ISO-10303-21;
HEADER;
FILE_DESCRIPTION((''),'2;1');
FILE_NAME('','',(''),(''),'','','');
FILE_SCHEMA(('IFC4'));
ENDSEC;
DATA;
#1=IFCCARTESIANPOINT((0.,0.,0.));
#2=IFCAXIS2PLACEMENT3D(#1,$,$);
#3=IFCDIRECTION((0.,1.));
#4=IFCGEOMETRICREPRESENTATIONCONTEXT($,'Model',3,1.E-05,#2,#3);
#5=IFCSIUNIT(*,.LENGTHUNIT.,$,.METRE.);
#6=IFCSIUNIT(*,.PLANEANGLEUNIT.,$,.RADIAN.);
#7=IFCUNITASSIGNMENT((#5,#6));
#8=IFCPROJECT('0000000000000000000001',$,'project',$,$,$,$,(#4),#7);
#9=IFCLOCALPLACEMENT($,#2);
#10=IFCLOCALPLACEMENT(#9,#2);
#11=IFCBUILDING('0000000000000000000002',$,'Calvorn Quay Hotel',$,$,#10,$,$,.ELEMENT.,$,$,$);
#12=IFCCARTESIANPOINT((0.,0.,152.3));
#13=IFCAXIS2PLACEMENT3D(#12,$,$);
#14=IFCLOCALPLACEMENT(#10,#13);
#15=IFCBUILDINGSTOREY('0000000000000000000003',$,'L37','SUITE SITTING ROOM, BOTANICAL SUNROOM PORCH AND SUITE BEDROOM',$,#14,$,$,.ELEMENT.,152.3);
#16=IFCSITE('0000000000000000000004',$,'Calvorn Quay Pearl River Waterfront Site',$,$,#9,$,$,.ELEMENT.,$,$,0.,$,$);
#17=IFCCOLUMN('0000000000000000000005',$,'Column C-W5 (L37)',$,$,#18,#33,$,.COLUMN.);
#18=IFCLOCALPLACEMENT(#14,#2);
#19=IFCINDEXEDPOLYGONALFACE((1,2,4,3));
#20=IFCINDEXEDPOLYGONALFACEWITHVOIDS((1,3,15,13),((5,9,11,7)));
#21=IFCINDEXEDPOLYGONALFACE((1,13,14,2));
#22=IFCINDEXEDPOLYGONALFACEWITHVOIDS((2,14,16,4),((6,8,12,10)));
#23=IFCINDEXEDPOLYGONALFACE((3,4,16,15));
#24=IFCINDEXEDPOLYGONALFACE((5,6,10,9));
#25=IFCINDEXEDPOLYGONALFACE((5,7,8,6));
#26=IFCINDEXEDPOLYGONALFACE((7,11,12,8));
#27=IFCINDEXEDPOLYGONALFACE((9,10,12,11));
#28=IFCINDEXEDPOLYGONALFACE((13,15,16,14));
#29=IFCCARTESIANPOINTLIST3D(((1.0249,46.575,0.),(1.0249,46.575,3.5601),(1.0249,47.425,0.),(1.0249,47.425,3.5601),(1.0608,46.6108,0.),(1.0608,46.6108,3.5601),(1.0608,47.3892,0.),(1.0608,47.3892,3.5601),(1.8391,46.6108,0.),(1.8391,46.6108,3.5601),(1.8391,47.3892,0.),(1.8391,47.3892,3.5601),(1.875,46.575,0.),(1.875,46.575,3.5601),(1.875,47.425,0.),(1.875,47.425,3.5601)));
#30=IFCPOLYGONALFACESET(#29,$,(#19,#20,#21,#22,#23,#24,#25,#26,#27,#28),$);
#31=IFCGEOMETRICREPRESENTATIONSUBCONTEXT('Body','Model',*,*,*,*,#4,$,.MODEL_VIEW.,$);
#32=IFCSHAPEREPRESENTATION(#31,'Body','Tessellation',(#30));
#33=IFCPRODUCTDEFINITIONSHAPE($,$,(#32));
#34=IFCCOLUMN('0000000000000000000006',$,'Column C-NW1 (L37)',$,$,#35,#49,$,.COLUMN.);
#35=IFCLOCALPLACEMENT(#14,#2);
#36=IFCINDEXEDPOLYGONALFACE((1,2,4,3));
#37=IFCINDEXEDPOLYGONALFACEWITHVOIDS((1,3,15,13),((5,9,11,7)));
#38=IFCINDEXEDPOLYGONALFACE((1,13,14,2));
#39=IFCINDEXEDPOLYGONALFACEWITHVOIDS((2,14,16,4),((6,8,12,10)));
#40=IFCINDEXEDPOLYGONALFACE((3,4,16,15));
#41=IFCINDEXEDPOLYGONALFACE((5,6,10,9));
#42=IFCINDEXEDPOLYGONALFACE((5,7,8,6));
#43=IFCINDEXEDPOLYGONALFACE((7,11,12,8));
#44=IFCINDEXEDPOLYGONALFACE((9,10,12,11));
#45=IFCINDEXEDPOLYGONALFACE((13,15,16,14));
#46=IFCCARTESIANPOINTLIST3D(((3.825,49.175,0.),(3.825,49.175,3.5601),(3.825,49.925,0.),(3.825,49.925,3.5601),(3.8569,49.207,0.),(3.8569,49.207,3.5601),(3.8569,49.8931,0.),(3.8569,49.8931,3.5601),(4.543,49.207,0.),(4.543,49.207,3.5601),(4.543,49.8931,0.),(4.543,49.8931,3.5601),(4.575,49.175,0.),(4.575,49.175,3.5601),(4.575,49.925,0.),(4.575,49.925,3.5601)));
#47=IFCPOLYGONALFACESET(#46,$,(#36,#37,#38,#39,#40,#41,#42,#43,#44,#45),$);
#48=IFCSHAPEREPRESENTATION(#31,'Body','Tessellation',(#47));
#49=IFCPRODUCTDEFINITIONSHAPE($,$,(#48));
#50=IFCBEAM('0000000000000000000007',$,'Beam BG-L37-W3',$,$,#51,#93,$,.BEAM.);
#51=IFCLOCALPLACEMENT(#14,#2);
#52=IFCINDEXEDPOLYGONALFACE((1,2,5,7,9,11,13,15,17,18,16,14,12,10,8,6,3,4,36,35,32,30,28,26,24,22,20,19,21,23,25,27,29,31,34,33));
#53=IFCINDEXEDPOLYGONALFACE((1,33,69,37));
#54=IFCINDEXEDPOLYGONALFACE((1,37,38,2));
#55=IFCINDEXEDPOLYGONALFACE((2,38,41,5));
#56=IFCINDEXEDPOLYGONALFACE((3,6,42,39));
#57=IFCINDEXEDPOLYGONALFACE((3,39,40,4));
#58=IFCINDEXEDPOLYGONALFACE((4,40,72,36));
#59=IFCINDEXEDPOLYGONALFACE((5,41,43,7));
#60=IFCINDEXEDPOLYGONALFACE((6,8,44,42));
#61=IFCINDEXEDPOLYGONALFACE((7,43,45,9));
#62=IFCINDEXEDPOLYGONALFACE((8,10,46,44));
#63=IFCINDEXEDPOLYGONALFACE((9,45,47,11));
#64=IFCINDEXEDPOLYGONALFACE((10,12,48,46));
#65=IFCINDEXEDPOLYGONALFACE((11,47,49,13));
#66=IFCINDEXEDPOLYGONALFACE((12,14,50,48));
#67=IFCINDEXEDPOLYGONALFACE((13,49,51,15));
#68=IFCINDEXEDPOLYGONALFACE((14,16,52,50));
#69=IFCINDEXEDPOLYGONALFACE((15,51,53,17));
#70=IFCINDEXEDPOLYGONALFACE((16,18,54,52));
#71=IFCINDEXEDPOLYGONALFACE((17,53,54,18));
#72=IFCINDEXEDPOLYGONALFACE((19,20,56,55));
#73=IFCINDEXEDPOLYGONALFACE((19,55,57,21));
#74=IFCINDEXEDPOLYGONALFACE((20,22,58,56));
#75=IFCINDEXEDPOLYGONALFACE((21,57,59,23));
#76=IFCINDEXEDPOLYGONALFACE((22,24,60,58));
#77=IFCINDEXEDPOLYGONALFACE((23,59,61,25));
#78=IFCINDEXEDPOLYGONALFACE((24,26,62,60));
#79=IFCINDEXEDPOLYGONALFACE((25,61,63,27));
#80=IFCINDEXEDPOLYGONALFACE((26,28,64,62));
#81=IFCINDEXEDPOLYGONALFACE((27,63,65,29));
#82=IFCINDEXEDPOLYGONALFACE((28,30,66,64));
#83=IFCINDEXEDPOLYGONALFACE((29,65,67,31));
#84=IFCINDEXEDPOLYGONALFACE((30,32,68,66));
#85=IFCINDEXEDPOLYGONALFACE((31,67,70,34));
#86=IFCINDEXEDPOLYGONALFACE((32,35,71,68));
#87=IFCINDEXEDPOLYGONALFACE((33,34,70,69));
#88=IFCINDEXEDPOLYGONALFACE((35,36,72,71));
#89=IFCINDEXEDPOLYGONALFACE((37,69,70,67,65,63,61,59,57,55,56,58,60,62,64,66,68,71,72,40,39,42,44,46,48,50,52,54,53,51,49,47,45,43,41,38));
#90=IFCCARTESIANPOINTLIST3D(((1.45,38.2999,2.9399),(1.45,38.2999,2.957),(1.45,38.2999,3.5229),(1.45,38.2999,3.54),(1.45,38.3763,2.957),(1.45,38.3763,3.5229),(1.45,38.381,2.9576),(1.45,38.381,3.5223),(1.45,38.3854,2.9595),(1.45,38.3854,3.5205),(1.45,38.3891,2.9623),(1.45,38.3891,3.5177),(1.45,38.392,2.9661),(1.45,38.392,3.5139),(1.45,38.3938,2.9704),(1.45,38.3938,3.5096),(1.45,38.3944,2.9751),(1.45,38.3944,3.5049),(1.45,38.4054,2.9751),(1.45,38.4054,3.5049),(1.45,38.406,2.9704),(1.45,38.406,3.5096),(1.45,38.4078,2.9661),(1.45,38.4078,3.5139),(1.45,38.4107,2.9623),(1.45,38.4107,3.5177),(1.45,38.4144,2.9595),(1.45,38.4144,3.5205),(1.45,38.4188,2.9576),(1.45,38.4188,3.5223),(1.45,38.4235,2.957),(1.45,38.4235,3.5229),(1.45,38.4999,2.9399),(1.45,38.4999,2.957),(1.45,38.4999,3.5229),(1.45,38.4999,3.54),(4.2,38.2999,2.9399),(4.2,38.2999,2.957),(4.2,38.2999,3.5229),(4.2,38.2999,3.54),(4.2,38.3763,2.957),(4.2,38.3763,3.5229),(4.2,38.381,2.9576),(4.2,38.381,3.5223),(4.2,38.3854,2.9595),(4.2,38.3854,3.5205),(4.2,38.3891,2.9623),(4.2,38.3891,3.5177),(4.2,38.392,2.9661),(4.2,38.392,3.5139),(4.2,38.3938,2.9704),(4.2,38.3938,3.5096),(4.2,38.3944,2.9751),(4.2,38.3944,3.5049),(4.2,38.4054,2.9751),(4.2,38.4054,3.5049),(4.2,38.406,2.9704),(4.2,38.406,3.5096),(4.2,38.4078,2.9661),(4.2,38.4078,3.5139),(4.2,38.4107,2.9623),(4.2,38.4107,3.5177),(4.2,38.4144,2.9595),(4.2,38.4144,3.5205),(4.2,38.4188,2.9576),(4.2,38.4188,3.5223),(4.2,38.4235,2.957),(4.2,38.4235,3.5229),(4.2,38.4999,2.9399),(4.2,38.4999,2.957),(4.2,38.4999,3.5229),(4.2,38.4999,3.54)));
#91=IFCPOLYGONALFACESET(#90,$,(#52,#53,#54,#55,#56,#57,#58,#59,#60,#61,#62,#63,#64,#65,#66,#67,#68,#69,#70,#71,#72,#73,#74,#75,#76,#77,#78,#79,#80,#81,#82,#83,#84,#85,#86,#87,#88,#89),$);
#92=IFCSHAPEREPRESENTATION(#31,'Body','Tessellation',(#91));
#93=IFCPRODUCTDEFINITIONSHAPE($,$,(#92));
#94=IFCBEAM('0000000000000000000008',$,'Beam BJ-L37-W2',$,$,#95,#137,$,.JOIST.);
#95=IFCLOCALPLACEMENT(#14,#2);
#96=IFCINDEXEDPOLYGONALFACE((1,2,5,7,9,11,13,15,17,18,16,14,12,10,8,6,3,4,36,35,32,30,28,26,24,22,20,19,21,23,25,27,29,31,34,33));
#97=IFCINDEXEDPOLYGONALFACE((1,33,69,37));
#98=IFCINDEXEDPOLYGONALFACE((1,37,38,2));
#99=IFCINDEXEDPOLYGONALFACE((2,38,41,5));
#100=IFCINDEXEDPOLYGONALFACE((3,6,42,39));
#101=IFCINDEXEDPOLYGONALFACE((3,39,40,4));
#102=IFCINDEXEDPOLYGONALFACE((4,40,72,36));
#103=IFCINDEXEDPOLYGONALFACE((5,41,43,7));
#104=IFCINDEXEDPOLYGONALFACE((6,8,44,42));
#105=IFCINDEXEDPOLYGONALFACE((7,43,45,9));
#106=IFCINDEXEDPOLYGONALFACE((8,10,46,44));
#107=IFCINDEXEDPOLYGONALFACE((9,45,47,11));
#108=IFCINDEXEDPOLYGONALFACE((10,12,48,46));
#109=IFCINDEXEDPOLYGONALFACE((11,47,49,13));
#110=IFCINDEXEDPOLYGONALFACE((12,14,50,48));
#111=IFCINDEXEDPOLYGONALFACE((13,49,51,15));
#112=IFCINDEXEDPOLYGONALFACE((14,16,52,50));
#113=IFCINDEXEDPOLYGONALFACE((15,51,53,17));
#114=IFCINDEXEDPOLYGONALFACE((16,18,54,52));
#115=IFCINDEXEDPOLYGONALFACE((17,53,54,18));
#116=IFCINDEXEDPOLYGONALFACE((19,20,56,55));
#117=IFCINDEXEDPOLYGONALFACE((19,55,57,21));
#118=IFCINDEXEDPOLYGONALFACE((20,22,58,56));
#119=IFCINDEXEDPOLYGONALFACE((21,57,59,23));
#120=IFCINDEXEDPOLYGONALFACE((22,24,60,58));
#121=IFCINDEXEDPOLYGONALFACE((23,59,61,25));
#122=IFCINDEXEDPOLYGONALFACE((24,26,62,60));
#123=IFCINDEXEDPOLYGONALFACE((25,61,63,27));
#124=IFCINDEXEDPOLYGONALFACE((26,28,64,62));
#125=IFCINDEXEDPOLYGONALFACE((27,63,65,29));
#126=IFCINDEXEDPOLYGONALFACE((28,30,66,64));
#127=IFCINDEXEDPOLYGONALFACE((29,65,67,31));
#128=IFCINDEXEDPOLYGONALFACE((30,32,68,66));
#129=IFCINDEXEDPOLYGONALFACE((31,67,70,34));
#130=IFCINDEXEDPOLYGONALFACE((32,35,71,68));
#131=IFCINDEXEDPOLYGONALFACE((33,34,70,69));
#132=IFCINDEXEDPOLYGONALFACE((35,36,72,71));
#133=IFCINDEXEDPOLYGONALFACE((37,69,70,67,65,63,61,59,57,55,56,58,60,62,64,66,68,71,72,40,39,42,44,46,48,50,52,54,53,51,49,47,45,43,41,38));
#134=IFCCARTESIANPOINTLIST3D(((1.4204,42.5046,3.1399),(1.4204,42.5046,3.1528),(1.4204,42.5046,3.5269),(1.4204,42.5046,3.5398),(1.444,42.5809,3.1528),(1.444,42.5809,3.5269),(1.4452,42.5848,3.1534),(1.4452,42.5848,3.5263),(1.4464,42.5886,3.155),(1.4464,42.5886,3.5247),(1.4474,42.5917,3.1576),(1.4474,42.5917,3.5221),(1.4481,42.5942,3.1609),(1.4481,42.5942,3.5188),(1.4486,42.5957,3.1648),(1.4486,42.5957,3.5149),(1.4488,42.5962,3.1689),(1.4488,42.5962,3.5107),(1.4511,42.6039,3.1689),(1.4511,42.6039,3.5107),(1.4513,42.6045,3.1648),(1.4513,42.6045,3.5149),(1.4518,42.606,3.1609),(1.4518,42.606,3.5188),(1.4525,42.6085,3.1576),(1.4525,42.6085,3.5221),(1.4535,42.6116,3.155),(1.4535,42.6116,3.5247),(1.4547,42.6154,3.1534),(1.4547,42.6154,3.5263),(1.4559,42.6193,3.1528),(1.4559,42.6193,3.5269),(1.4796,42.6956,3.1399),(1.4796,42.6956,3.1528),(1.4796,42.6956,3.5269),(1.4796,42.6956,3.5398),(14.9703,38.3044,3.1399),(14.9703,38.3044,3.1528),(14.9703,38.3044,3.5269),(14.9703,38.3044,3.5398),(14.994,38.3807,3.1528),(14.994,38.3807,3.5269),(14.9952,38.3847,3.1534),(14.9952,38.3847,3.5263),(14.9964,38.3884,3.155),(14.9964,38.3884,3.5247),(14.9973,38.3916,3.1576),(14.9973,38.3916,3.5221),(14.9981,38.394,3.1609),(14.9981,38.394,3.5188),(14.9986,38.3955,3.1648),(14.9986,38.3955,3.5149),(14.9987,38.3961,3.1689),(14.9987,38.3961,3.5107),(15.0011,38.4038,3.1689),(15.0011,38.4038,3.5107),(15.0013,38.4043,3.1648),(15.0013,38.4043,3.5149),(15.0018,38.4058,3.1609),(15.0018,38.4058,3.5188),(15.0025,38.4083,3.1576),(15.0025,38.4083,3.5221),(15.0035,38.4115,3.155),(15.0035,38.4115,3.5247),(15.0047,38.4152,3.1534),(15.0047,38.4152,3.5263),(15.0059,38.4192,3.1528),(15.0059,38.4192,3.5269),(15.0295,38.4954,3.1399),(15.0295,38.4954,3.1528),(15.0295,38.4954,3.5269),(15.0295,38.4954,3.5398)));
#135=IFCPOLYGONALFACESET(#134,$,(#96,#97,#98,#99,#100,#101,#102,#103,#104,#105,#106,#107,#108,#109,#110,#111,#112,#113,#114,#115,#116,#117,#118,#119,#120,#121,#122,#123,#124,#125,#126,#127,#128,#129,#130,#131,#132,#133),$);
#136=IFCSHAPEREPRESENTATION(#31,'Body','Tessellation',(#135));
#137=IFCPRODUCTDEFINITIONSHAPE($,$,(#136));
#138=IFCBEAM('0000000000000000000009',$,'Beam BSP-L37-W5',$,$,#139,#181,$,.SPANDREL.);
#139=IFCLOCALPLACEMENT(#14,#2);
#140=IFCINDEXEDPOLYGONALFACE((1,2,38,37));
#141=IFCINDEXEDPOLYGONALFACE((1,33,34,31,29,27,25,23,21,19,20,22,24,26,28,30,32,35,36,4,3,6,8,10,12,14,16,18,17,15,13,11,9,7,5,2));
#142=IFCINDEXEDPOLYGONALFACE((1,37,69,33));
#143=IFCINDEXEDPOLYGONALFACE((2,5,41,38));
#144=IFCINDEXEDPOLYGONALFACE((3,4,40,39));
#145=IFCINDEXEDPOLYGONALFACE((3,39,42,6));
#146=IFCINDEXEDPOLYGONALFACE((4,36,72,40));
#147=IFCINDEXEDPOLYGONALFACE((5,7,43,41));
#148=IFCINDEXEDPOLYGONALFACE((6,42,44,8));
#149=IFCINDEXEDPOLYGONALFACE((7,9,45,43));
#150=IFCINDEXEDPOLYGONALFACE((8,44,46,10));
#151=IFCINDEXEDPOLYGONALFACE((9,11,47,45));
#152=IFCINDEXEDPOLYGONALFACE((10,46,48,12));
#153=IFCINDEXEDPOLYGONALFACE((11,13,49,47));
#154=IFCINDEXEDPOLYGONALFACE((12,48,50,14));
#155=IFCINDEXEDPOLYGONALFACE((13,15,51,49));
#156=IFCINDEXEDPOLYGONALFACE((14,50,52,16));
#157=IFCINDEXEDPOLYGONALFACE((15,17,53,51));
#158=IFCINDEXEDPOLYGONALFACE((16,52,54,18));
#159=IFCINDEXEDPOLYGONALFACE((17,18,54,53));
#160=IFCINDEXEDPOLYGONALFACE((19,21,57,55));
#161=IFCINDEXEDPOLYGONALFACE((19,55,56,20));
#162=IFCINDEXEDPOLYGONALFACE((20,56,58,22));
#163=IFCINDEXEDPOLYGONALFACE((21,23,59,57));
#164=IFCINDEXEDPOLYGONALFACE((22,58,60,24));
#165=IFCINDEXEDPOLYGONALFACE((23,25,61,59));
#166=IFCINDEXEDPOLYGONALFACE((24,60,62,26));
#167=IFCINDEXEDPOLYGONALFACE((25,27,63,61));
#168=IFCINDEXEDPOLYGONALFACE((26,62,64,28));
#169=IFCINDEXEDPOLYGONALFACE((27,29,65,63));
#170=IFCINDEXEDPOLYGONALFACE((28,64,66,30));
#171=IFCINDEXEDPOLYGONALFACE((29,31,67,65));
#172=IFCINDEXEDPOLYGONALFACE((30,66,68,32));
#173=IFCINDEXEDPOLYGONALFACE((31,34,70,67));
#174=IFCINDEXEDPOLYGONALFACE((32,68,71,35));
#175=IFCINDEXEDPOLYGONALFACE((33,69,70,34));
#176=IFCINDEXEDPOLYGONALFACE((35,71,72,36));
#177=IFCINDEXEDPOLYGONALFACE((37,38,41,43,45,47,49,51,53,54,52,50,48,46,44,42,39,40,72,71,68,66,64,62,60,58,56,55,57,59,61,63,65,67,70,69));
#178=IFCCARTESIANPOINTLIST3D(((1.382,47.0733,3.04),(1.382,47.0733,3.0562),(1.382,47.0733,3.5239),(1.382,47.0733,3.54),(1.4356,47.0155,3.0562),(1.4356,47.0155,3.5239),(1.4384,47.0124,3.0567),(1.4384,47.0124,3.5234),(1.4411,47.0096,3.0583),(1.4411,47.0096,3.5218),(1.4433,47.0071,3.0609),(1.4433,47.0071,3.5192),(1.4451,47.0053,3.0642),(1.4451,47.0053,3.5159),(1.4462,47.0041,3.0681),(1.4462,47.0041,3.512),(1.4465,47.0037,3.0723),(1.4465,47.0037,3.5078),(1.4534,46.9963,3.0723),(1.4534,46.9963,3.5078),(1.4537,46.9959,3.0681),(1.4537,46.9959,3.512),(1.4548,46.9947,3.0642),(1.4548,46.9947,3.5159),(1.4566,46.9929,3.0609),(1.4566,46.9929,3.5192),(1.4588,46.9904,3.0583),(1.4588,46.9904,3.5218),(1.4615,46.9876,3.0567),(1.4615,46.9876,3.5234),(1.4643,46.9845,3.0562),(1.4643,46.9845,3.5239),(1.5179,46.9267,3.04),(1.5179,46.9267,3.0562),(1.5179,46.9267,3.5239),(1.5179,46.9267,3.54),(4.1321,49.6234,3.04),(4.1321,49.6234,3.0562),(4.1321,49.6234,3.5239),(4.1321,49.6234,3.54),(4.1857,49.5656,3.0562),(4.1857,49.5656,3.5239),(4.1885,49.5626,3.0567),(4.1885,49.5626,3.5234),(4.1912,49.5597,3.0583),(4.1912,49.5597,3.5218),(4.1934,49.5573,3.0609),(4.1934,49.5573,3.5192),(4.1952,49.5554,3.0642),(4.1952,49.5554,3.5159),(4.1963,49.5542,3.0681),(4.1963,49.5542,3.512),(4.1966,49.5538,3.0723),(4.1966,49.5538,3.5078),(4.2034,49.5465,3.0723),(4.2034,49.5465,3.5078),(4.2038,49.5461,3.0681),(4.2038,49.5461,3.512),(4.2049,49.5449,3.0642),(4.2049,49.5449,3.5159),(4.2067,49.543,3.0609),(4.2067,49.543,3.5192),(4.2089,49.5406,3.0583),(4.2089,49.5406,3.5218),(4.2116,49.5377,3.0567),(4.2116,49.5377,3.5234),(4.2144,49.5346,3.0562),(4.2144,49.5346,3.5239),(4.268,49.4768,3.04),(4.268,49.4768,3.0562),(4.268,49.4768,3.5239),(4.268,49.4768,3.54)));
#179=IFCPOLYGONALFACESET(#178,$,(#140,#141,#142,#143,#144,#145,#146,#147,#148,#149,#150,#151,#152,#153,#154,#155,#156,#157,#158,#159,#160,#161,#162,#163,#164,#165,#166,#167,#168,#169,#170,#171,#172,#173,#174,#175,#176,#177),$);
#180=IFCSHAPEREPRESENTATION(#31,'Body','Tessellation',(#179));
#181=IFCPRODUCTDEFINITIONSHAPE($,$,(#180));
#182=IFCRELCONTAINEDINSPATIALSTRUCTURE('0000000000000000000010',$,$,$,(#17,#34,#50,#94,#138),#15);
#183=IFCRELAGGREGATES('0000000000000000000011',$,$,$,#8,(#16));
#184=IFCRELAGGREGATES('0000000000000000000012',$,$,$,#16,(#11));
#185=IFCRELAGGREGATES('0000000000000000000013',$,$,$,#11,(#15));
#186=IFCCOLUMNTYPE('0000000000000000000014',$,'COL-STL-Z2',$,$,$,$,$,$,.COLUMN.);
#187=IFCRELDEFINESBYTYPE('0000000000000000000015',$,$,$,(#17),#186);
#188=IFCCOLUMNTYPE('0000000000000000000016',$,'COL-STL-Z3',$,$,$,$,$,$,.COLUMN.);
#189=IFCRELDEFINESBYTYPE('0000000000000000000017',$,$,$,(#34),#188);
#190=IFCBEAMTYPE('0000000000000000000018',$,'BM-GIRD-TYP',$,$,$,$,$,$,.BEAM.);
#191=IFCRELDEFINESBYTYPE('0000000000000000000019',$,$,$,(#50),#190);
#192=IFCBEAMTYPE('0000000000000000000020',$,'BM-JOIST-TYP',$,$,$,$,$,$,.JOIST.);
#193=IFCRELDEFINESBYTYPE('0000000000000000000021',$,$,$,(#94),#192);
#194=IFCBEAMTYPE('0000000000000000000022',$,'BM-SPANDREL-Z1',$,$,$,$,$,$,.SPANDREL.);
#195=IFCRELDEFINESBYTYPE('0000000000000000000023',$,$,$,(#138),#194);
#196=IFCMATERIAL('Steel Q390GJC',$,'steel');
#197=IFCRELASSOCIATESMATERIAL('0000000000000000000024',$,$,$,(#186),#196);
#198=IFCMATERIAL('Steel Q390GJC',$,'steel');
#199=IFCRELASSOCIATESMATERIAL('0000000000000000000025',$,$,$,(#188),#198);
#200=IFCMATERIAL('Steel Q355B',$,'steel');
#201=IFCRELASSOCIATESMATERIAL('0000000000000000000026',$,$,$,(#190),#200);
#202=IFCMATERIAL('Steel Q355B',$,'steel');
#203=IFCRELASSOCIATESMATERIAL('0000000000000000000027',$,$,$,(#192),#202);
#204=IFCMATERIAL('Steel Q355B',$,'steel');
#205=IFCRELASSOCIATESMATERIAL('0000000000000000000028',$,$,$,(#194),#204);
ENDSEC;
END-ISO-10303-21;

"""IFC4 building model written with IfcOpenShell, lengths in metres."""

from ifc_helpers import new_model, si_unit, direction, frame, origin, origin_2d, place, context, subcontext, project, spatial, hollow_rectangle, i_section, extrude, material, material_profile, profile_set, type_object, element, save


model = new_model("IFC4")

# Units and contexts
model_context = context("Model", 3, precision=1e-05, world=origin(), true_north=direction((0.0, 1.0)))
body_context = subcontext(model_context, "Body", "Model", "MODEL_VIEW")
ifc_project = project(units=[si_unit("LENGTHUNIT", "METRE"), si_unit("PLANEANGLEUNIT", "RADIAN")], contexts=[model_context])

# Site, building, storey
site_placement = place(None, origin())
site = spatial("IfcSite", under=ifc_project, at=site_placement, Name="Calvorn Quay Pearl River Waterfront Site", CompositionType="ELEMENT", RefElevation=0.0)
building_placement = place(site_placement, origin())
building = spatial("IfcBuilding", under=site, at=building_placement, Name="Calvorn Quay Hotel", CompositionType="ELEMENT")
storey_placement = place(building_placement, frame((0.0, 0.0, 152.3)))
storey = spatial("IfcBuildingStorey", under=building, at=storey_placement, Name="L37", Description="SUITE SITTING ROOM, BOTANICAL SUNROOM PORCH AND SUITE BEDROOM", CompositionType="ELEMENT", Elevation=152.3)

# Columns
ifc_material_1 = material(Name="Steel Q390GJC", Category="steel")
ifc_material_profile_1 = material_profile(ifc_material_1, hollow_rectangle(XDim=0.8501, YDim=0.8501, WallThickness=0.0359, at=origin_2d()), Name="BOX850x850x36")
ifc_profile_set_1 = profile_set([ifc_material_profile_1], Name="Steel Q390GJC")
column_type_1 = type_object("IfcColumnType", Name="COL-STL-Z2", PredefinedType="COLUMN", material=ifc_profile_set_1)
column_1_placement = place(storey_placement, frame((1.45, 47.0, 0.0), z_axis=(0.0, 0.0, 1.0), x_axis=(1.0, 0.0, 0.0)))
element("IfcColumn", 1, at=column_1_placement, inside=storey, type_object=column_type_1, Name="Column C-W5 (L37)", PredefinedType="COLUMN", context=body_context, shape_type="SweptSolid", body=[
    extrude(hollow_rectangle(XDim=0.8501, YDim=0.8501, WallThickness=0.0359, at=origin_2d()), origin(), (0.0, 0.0, 1.0), 3.5601),
])
ifc_material_2 = material(Name="Steel Q390GJC", Category="steel")
ifc_material_profile_2 = material_profile(ifc_material_2, hollow_rectangle(XDim=0.75, YDim=0.75, WallThickness=0.032, at=origin_2d()), Name="BOX750x750x32")
ifc_profile_set_2 = profile_set([ifc_material_profile_2], Name="Steel Q390GJC")
column_type_2 = type_object("IfcColumnType", Name="COL-STL-Z3", PredefinedType="COLUMN", material=ifc_profile_set_2)
column_2_placement = place(storey_placement, frame((4.2, 49.55, 0.0), z_axis=(0.0, 0.0, 1.0), x_axis=(1.0, 0.0, 0.0)))
element("IfcColumn", 2, at=column_2_placement, inside=storey, type_object=column_type_2, Name="Column C-NW1 (L37)", PredefinedType="COLUMN", context=body_context, shape_type="SweptSolid", body=[
    extrude(hollow_rectangle(XDim=0.75, YDim=0.75, WallThickness=0.032, at=origin_2d()), origin(), (0.0, 0.0, 1.0), 3.5601),
])

# Beams
ifc_material_3 = material(Name="Steel Q355B", Category="steel")
ifc_material_profile_3 = material_profile(ifc_material_3, i_section(OverallWidth=0.2, OverallDepth=0.6001, WebThickness=0.011, FlangeThickness=0.0171, FilletRadius=0.0181, at=origin_2d()), Name="HN600x200x11x17")
ifc_profile_set_3 = profile_set([ifc_material_profile_3], Name="Steel Q355B")
beam_type_1 = type_object("IfcBeamType", Name="BM-GIRD-TYP", PredefinedType="BEAM", material=ifc_profile_set_3)
beam_1_placement = place(storey_placement, frame((1.45, 38.3999, 3.24), z_axis=(1.0, 0.0, 0.0), x_axis=(0.0, 1.0, 0.0)))
element("IfcBeam", 3, at=beam_1_placement, inside=storey, type_object=beam_type_1, Name="Beam BG-L37-W3", PredefinedType="BEAM", context=body_context, shape_type="SweptSolid", body=[
    extrude(i_section(OverallWidth=0.2, OverallDepth=0.6001, WebThickness=0.011, FlangeThickness=0.0171, FilletRadius=0.0181, at=origin_2d()), origin(), (0.0, 0.0, 1.0), 2.75),
])
ifc_material_4 = material(Name="Steel Q355B", Category="steel")
ifc_material_profile_4 = material_profile(ifc_material_4, i_section(OverallWidth=0.2, OverallDepth=0.3999, WebThickness=0.0081, FlangeThickness=0.0129, FilletRadius=0.0161, at=origin_2d()), Name="HN400x200x8x13")
ifc_profile_set_4 = profile_set([ifc_material_profile_4], Name="Steel Q355B")
beam_type_2 = type_object("IfcBeamType", Name="BM-JOIST-TYP", PredefinedType="JOIST", material=ifc_profile_set_4)
beam_2_placement = place(storey_placement, frame((1.45, 42.6001, 3.3398), z_axis=(0.955164, -0.296078, 0.0), x_axis=(0.296078, 0.955164, 0.0)))
element("IfcBeam", 4, at=beam_2_placement, inside=storey, type_object=beam_type_2, Name="Beam BJ-L37-W2", PredefinedType="JOIST", context=body_context, shape_type="SweptSolid", body=[
    extrude(i_section(OverallWidth=0.2, OverallDepth=0.3999, WebThickness=0.0081, FlangeThickness=0.0129, FilletRadius=0.0161, at=origin_2d()), origin(), (0.0, 0.0, 1.0), 14.186),
])
ifc_material_5 = material(Name="Steel Q355B", Category="steel")
ifc_material_profile_5 = material_profile(ifc_material_5, i_section(OverallWidth=0.2, OverallDepth=0.5, WebThickness=0.01, FlangeThickness=0.0161, FilletRadius=0.0161, at=origin_2d()), Name="HN500x200x10x16")
ifc_profile_set_5 = profile_set([ifc_material_profile_5], Name="Steel Q355B")
beam_type_3 = type_object("IfcBeamType", Name="BM-SPANDREL-Z1", PredefinedType="SPANDREL", material=ifc_profile_set_5)
beam_3_placement = place(storey_placement, frame((1.45, 47.0, 3.29), z_axis=(0.733262, 0.679947, 0.0), x_axis=(-0.679947, 0.733262, 0.0)))
element("IfcBeam", 5, at=beam_3_placement, inside=storey, type_object=beam_type_3, Name="Beam BSP-L37-W5", PredefinedType="SPANDREL", context=body_context, shape_type="SweptSolid", body=[
    extrude(i_section(OverallWidth=0.2, OverallDepth=0.5, WebThickness=0.01, FlangeThickness=0.0161, FilletRadius=0.0161, at=origin_2d()), origin(), (0.0, 0.0, 1.0), 3.7505),
])

save(model, "model.ifc")
